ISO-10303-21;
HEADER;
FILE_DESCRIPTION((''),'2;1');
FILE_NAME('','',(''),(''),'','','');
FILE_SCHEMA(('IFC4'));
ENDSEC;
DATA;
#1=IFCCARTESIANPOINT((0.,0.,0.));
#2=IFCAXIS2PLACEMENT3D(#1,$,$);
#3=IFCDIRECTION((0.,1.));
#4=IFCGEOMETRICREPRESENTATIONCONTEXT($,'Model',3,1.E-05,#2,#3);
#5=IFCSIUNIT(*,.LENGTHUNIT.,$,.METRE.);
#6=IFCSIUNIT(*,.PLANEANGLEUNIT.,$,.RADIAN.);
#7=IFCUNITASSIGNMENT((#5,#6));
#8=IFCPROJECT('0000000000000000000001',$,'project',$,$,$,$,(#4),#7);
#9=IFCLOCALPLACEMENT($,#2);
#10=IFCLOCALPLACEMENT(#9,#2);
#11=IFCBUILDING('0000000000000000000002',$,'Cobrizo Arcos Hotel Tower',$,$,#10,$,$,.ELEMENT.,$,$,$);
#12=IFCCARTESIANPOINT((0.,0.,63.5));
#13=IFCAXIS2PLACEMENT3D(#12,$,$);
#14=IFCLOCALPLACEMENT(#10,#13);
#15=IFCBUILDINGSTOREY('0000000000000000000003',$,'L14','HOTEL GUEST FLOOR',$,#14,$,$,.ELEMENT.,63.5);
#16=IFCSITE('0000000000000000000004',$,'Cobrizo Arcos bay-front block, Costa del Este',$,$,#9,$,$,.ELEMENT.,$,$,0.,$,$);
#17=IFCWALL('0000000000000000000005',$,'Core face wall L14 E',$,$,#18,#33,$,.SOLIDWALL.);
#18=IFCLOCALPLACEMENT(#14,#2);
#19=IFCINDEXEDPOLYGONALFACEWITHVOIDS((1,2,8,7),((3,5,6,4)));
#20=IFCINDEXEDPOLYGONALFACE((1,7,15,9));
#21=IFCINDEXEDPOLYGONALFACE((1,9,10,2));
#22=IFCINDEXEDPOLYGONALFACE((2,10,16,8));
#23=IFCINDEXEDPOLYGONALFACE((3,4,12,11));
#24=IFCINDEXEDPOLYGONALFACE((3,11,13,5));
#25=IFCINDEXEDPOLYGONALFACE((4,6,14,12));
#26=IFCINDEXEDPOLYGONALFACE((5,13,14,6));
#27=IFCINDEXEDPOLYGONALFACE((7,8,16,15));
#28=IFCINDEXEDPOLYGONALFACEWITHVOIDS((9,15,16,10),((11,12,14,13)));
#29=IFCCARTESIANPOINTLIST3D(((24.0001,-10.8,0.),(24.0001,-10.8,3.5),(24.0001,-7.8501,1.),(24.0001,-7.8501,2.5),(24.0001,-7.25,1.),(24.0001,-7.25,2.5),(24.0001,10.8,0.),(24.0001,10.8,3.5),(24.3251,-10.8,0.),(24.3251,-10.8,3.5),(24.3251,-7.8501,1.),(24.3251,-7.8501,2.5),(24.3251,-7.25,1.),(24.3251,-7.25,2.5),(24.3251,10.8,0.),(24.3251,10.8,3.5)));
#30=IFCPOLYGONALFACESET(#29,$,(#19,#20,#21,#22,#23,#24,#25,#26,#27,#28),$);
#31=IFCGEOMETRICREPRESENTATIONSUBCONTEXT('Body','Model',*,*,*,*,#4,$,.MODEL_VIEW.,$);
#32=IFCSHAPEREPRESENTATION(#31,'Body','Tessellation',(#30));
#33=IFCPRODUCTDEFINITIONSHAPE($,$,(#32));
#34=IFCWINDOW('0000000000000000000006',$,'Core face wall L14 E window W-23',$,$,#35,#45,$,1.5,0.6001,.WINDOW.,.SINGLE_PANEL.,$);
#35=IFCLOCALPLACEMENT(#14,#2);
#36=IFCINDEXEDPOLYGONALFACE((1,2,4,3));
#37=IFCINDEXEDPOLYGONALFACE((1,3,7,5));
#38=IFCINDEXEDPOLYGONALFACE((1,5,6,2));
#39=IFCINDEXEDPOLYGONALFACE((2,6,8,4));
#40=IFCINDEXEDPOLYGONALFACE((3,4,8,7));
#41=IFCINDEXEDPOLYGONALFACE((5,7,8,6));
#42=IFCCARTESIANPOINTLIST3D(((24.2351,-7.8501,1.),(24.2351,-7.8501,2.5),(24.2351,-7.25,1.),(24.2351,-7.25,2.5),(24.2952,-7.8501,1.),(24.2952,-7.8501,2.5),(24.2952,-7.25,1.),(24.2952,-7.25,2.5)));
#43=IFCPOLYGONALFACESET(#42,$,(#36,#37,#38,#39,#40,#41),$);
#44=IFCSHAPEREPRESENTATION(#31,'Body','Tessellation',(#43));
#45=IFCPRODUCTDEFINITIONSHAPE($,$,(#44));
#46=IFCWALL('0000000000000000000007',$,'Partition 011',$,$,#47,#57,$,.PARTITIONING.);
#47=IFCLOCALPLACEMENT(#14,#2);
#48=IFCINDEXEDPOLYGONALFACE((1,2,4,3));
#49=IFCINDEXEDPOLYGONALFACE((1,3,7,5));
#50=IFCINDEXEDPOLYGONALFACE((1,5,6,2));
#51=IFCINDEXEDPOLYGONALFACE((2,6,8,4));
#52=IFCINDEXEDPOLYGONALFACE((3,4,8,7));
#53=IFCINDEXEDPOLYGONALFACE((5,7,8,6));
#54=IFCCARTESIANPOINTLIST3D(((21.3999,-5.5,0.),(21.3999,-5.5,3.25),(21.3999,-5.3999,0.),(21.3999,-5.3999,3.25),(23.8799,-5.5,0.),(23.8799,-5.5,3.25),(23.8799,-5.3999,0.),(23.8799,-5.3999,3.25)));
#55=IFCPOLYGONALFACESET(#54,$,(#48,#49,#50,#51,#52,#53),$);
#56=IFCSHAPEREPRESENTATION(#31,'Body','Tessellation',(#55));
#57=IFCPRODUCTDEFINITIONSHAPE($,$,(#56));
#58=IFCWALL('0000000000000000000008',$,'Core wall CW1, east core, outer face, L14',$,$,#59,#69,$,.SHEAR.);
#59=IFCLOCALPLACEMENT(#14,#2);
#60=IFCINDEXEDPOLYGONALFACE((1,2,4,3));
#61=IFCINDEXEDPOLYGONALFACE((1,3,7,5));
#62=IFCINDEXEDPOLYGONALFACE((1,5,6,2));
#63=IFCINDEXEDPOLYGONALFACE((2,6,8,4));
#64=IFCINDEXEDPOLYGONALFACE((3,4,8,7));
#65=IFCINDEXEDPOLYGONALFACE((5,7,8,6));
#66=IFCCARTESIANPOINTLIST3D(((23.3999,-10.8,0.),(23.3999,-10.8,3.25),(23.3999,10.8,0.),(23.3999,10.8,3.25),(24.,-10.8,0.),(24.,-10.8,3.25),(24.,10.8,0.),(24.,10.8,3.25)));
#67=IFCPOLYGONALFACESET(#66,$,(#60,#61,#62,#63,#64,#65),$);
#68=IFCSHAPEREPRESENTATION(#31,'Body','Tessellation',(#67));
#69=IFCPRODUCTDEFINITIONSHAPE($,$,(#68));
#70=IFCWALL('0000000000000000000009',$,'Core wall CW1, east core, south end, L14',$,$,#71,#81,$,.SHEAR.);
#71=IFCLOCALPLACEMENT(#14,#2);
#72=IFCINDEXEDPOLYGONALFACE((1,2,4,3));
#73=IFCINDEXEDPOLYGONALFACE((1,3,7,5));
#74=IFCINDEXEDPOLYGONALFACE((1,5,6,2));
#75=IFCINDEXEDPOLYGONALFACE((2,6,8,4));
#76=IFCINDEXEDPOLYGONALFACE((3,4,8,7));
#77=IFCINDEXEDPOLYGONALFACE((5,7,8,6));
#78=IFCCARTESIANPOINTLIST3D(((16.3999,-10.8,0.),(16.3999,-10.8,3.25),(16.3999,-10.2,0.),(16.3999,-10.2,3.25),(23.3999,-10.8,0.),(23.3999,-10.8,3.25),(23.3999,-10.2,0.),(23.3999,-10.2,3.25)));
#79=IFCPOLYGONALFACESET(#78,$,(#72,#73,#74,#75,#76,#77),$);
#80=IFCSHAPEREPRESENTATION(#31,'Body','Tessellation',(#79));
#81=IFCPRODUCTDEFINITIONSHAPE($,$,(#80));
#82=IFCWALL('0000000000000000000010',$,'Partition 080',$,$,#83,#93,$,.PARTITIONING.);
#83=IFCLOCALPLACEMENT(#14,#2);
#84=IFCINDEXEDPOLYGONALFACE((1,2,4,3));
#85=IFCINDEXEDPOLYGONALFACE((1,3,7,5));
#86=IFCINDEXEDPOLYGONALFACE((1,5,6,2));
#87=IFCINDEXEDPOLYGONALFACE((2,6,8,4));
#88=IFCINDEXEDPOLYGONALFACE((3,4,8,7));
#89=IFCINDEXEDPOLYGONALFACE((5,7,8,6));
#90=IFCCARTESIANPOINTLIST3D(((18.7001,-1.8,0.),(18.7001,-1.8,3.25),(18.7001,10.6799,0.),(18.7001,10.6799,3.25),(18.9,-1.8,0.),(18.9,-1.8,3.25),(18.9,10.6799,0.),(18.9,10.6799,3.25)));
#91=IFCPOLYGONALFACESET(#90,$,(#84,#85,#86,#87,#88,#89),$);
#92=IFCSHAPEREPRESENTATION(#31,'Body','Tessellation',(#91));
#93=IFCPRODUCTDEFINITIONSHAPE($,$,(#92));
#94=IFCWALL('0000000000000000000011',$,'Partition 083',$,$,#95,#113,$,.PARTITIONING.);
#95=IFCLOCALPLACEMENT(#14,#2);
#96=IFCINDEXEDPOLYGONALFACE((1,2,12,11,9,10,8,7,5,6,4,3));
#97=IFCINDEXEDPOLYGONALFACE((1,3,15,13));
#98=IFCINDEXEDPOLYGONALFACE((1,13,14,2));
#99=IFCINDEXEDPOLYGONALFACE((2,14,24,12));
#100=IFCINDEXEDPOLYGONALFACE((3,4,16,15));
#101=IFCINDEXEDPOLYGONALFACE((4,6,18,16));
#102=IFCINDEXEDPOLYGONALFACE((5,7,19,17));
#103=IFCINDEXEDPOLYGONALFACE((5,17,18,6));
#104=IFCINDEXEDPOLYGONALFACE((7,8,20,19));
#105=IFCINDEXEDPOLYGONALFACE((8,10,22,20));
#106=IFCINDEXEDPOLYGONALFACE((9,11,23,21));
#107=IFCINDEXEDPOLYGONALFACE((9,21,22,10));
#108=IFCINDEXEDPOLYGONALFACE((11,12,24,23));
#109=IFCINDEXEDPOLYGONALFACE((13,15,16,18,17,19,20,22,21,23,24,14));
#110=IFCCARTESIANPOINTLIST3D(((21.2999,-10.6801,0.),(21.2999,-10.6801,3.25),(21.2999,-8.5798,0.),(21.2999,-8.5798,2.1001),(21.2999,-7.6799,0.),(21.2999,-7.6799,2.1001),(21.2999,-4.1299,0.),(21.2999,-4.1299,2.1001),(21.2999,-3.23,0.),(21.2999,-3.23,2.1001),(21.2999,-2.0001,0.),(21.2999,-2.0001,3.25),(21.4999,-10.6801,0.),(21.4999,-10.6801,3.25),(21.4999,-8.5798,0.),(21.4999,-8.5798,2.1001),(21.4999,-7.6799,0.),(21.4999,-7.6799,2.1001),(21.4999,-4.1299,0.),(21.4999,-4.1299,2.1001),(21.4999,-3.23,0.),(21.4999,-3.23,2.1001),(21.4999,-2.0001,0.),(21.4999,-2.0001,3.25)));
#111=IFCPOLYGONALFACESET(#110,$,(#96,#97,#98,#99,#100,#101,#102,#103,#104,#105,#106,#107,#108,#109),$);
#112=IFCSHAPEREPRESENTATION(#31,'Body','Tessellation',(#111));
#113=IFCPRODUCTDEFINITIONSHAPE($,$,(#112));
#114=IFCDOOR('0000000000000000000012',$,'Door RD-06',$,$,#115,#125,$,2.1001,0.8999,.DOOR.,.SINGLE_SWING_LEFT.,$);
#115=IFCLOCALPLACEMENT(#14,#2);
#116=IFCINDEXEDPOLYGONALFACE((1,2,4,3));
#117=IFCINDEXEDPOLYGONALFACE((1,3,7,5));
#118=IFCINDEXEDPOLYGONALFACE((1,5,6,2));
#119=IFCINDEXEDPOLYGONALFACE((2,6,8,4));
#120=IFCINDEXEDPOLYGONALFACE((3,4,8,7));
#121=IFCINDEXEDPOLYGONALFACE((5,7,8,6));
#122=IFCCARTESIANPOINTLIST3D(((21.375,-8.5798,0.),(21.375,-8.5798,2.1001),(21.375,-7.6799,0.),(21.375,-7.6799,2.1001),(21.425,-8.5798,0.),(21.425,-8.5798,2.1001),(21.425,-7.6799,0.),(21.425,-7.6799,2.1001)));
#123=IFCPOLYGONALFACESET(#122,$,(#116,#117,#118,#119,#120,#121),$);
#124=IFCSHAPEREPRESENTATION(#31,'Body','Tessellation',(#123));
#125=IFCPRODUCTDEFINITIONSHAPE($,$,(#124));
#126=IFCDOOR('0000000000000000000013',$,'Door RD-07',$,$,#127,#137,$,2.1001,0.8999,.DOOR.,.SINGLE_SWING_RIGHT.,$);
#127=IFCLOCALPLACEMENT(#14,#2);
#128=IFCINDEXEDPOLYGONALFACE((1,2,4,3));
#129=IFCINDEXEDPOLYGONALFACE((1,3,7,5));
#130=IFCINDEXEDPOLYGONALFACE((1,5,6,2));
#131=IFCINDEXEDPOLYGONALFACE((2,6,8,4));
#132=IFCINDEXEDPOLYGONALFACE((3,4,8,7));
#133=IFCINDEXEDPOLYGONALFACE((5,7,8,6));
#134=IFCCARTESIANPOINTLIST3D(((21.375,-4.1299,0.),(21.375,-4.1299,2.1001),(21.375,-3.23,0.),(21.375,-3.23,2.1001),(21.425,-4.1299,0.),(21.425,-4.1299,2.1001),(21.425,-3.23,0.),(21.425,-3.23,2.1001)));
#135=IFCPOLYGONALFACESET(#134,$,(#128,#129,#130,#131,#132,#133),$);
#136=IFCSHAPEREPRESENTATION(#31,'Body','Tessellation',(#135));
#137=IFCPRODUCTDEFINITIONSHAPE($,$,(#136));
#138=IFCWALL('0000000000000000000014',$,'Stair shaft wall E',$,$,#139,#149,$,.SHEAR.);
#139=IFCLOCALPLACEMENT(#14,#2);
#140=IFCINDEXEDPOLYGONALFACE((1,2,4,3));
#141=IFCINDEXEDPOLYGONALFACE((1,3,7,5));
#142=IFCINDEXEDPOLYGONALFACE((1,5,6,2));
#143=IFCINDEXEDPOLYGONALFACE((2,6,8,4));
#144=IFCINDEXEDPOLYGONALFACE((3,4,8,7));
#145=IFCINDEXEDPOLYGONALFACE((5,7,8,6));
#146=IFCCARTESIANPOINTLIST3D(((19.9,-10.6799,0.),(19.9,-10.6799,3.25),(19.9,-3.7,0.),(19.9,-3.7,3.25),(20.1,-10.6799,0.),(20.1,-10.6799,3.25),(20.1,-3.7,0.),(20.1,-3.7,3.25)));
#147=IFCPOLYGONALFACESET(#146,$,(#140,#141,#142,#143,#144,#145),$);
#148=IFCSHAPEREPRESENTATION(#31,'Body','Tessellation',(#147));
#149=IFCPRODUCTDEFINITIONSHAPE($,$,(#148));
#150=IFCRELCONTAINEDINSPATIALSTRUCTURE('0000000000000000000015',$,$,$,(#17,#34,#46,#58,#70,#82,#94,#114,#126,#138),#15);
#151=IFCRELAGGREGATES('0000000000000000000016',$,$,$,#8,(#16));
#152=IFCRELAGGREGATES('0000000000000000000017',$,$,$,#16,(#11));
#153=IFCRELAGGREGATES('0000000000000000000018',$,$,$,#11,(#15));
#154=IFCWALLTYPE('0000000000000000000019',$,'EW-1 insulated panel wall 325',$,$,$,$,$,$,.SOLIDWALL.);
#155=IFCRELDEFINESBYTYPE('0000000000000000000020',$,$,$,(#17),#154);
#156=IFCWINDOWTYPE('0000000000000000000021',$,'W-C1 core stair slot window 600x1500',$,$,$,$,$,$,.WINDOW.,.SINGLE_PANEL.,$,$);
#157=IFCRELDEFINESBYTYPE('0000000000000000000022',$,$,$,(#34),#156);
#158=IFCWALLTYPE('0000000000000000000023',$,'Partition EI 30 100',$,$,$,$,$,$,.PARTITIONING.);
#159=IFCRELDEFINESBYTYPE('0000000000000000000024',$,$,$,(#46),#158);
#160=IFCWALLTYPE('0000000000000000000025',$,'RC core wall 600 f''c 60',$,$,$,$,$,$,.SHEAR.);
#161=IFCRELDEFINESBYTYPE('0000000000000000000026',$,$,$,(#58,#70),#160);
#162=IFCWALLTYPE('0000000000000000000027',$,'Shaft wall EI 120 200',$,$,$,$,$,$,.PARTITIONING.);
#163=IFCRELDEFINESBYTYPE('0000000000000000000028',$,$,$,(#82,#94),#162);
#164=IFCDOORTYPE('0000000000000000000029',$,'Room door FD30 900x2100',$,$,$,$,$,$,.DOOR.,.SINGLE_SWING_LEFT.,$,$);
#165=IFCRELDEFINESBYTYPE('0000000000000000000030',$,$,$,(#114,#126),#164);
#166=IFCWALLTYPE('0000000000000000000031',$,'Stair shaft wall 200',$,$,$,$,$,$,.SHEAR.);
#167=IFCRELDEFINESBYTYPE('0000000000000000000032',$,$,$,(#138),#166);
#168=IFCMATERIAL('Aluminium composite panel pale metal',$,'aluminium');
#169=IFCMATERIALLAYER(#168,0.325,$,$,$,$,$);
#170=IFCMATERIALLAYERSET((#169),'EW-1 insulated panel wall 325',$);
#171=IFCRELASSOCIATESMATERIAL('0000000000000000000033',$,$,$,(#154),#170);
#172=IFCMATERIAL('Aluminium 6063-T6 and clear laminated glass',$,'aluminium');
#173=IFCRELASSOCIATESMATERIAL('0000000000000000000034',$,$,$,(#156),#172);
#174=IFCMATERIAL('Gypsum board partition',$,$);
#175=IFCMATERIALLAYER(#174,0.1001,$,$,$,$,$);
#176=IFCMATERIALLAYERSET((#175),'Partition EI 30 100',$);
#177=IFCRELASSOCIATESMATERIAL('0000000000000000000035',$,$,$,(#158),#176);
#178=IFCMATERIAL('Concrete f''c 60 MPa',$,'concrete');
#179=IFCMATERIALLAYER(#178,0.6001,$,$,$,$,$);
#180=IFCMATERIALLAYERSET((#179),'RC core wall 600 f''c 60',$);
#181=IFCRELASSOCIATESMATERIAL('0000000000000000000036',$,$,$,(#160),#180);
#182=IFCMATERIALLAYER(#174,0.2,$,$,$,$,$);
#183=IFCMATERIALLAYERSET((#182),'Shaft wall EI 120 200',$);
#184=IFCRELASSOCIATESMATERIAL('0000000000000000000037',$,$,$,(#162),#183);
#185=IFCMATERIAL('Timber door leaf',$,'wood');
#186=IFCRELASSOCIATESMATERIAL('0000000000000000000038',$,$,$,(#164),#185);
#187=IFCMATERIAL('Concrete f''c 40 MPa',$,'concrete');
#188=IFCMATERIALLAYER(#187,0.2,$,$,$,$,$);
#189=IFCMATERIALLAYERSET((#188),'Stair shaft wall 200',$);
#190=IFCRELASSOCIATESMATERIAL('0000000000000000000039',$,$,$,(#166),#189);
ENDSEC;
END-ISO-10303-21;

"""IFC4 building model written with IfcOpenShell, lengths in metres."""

from ifc_helpers import new_model, si_unit, direction, frame, frame_2d, origin, place, context, subcontext, project, spatial, rectangle, extrude, material, layer, layer_set, type_object, element, fill, save


model = new_model("IFC4")

# Units and contexts
model_context = context("Model", 3, precision=1e-05, world=origin(), true_north=direction((0.0, 1.0)))
body_context = subcontext(model_context, "Body", "Model", "MODEL_VIEW")
ifc_project = project(units=[si_unit("LENGTHUNIT", "METRE"), si_unit("PLANEANGLEUNIT", "RADIAN")], contexts=[model_context])

# Site, building, storey
site_placement = place(None, origin())
site = spatial("IfcSite", under=ifc_project, at=site_placement, Name="Cobrizo Arcos bay-front block, Costa del Este", CompositionType="ELEMENT", RefElevation=0.0)
building_placement = place(site_placement, origin())
building = spatial("IfcBuilding", under=site, at=building_placement, Name="Cobrizo Arcos Hotel Tower", CompositionType="ELEMENT")
storey_placement = place(building_placement, frame((0.0, 0.0, 63.5)))
storey = spatial("IfcBuildingStorey", under=building, at=storey_placement, Name="L14", Description="HOTEL GUEST FLOOR", CompositionType="ELEMENT", Elevation=63.5)

# Wall, opening, window
ifc_material_1 = material(Name="Aluminium composite panel pale metal", Category="aluminium")
ifc_layer_1 = layer(ifc_material_1, 0.325)
ifc_layer_set_1 = layer_set([ifc_layer_1], Name="EW-1 insulated panel wall 325")
wall_type_1 = type_object("IfcWallType", Name="EW-1 insulated panel wall 325", PredefinedType="SOLIDWALL", material=ifc_layer_set_1)
wall_1_placement = place(storey_placement, frame((24.1626, -10.8, 0.0), z_axis=(0.0, 0.0, 1.0), x_axis=(0.0, 1.0, 0.0)))
wall_1 = element("IfcWall", 1, at=wall_1_placement, inside=storey, type_object=wall_type_1, Name="Core face wall L14 E", PredefinedType="SOLIDWALL", context=body_context, shape_type="SweptSolid", body=[
    extrude(rectangle(XDim=21.6001, YDim=0.325, at=frame_2d((10.8, 0.0))), origin(), (0.0, 0.0, 1.0), 3.5),
])
opening_1_placement = place(wall_1_placement, frame((2.95, 0.0, 1.0)))
opening_1 = element("IfcOpeningElement", 2, at=opening_1_placement, cuts=wall_1, PredefinedType="OPENING", context=body_context, shape_type="SweptSolid", body=[
    extrude(rectangle(XDim=0.6001, YDim=1.5, at=frame_2d((0.3, 0.75))), frame((0.0, 0.1746, 0.0), z_axis=(0.0, -1.0, 0.0), x_axis=(1.0, 0.0, 0.0)), (0.0, 0.0, 1.0), 0.3489),
])
ifc_material_2 = material(Name="Aluminium 6063-T6 and clear laminated glass", Category="aluminium")
window_type = type_object("IfcWindowType", Name="W-C1 core stair slot window 600x1500", PartitioningType="SINGLE_PANEL", PredefinedType="WINDOW", material=ifc_material_2)
window_placement = place(opening_1_placement, origin())
window = element("IfcWindow", 3, at=window_placement, inside=storey, type_object=window_type, Name="Core face wall L14 E window W-23", OverallHeight=1.5, OverallWidth=0.6001, PartitioningType="SINGLE_PANEL", PredefinedType="WINDOW", context=body_context, shape_type="SweptSolid", body=[
    extrude(rectangle(XDim=0.6001, YDim=1.5, at=frame_2d((0.3, 0.75))), frame((0.0, -0.0725, 0.0), z_axis=(0.0, -1.0, 0.0), x_axis=(1.0, 0.0, 0.0)), (0.0, 0.0, 1.0), 0.0601),
])
fill(opening_1, window)

# Walls
ifc_material_3 = material(Name="Gypsum board partition")
ifc_layer_2 = layer(ifc_material_3, 0.1001)
ifc_layer_set_2 = layer_set([ifc_layer_2], Name="Partition EI 30 100")
wall_type_2 = type_object("IfcWallType", Name="Partition EI 30 100", PredefinedType="PARTITIONING", material=ifc_layer_set_2)
wall_2_placement = place(storey_placement, frame((21.3999, -5.45, 0.0), z_axis=(0.0, 0.0, 1.0), x_axis=(1.0, 0.0, 0.0)))
element("IfcWall", 4, at=wall_2_placement, inside=storey, type_object=wall_type_2, Name="Partition 011", PredefinedType="PARTITIONING", context=body_context, shape_type="SweptSolid", body=[
    extrude(rectangle(XDim=2.48, YDim=0.1001, at=frame_2d((1.24, 0.0))), origin(), (0.0, 0.0, 1.0), 3.25),
])
ifc_material_4 = material(Name="Concrete f'c 60 MPa", Category="concrete")
ifc_layer_3 = layer(ifc_material_4, 0.6001)
ifc_layer_set_3 = layer_set([ifc_layer_3], Name="RC core wall 600 f'c 60")
wall_type_3 = type_object("IfcWallType", Name="RC core wall 600 f'c 60", PredefinedType="SHEAR", material=ifc_layer_set_3)
wall_3_placement = place(storey_placement, frame((23.7, -10.8, 0.0), z_axis=(0.0, 0.0, 1.0), x_axis=(0.0, 1.0, 0.0)))
element("IfcWall", 5, at=wall_3_placement, inside=storey, type_object=wall_type_3, Name="Core wall CW1, east core, outer face, L14", PredefinedType="SHEAR", context=body_context, shape_type="SweptSolid", body=[
    extrude(rectangle(XDim=21.6001, YDim=0.6001, at=frame_2d((10.8, 0.0))), origin(), (0.0, 0.0, 1.0), 3.25),
])
wall_4_placement = place(storey_placement, frame((16.3999, -10.5, 0.0), z_axis=(0.0, 0.0, 1.0), x_axis=(1.0, 0.0, 0.0)))
element("IfcWall", 6, at=wall_4_placement, inside=storey, type_object=wall_type_3, Name="Core wall CW1, east core, south end, L14", PredefinedType="SHEAR", context=body_context, shape_type="SweptSolid", body=[
    extrude(rectangle(XDim=7.0, YDim=0.6001, at=frame_2d((3.5, 0.0))), origin(), (0.0, 0.0, 1.0), 3.25),
])
ifc_layer_4 = layer(ifc_material_3, 0.2)
ifc_layer_set_4 = layer_set([ifc_layer_4], Name="Shaft wall EI 120 200")
wall_type_4 = type_object("IfcWallType", Name="Shaft wall EI 120 200", PredefinedType="PARTITIONING", material=ifc_layer_set_4)
wall_5_placement = place(storey_placement, frame((18.8, -1.8, 0.0), z_axis=(0.0, 0.0, 1.0), x_axis=(0.0, 1.0, 0.0)))
element("IfcWall", 7, at=wall_5_placement, inside=storey, type_object=wall_type_4, Name="Partition 080", PredefinedType="PARTITIONING", context=body_context, shape_type="SweptSolid", body=[
    extrude(rectangle(XDim=12.48, YDim=0.2, at=frame_2d((6.24, 0.0))), origin(), (0.0, 0.0, 1.0), 3.25),
])

# Wall, openings, doors
wall_6_placement = place(storey_placement, frame((21.3999, -10.6799, 0.0), z_axis=(0.0, 0.0, 1.0), x_axis=(0.0, 1.0, 0.0)))
wall_6 = element("IfcWall", 8, at=wall_6_placement, inside=storey, type_object=wall_type_4, Name="Partition 083", PredefinedType="PARTITIONING", context=body_context, shape_type="SweptSolid", body=[
    extrude(rectangle(XDim=8.6799, YDim=0.2, at=frame_2d((4.3398, 0.0))), origin(), (0.0, 0.0, 1.0), 3.25),
])
opening_2_placement = place(wall_6_placement, frame((2.1001, 0.0, 0.0)))
opening_2 = element("IfcOpeningElement", 9, at=opening_2_placement, cuts=wall_6, PredefinedType="OPENING", context=body_context, shape_type="SweptSolid", body=[
    extrude(rectangle(XDim=0.8999, YDim=2.1001, at=frame_2d((0.45, 1.05))), frame((0.0, 0.1121, 0.0), z_axis=(0.0, -1.0, 0.0), x_axis=(1.0, 0.0, 0.0)), (0.0, 0.0, 1.0), 0.2239),
])
opening_3_placement = place(wall_6_placement, frame((6.55, 0.0, 0.0)))
opening_3 = element("IfcOpeningElement", 10, at=opening_3_placement, cuts=wall_6, PredefinedType="OPENING", context=body_context, shape_type="SweptSolid", body=[
    extrude(rectangle(XDim=0.8999, YDim=2.1001, at=frame_2d((0.45, 1.05))), frame((0.0, 0.1121, 0.0), z_axis=(0.0, -1.0, 0.0), x_axis=(1.0, 0.0, 0.0)), (0.0, 0.0, 1.0), 0.2239),
])
ifc_material_5 = material(Name="Timber door leaf", Category="wood")
door_type = type_object("IfcDoorType", Name="Room door FD30 900x2100", OperationType="SINGLE_SWING_LEFT", PredefinedType="DOOR", material=ifc_material_5)
door_1_placement = place(opening_2_placement, origin())
door_1 = element("IfcDoor", 11, at=door_1_placement, inside=storey, type_object=door_type, Name="Door RD-06", OperationType="SINGLE_SWING_LEFT", OverallHeight=2.1001, OverallWidth=0.8999, PredefinedType="DOOR", context=body_context, shape_type="SweptSolid", body=[
    extrude(rectangle(XDim=0.8999, YDim=2.1001, at=frame_2d((0.45, 1.05))), frame((0.0, 0.0249, 0.0), z_axis=(0.0, -1.0, 0.0), x_axis=(1.0, 0.0, 0.0)), (0.0, 0.0, 1.0), 0.05),
])
fill(opening_2, door_1)
door_2_placement = place(opening_3_placement, origin())
door_2 = element("IfcDoor", 12, at=door_2_placement, inside=storey, type_object=door_type, Name="Door RD-07", OperationType="SINGLE_SWING_RIGHT", OverallHeight=2.1001, OverallWidth=0.8999, PredefinedType="DOOR", context=body_context, shape_type="SweptSolid", body=[
    extrude(rectangle(XDim=0.8999, YDim=2.1001, at=frame_2d((0.45, 1.05))), frame((0.0, 0.0249, 0.0), z_axis=(0.0, -1.0, 0.0), x_axis=(1.0, 0.0, 0.0)), (0.0, 0.0, 1.0), 0.05),
])
fill(opening_3, door_2)

# Wall
ifc_material_6 = material(Name="Concrete f'c 40 MPa", Category="concrete")
ifc_layer_5 = layer(ifc_material_6, 0.2)
ifc_layer_set_5 = layer_set([ifc_layer_5], Name="Stair shaft wall 200")
wall_type_5 = type_object("IfcWallType", Name="Stair shaft wall 200", PredefinedType="SHEAR", material=ifc_layer_set_5)
wall_7_placement = place(storey_placement, frame((20.0, -10.6799, 0.0), z_axis=(0.0, 0.0, 1.0), x_axis=(0.0, 1.0, 0.0)))
element("IfcWall", 13, at=wall_7_placement, inside=storey, type_object=wall_type_5, Name="Stair shaft wall E", PredefinedType="SHEAR", context=body_context, shape_type="SweptSolid", body=[
    extrude(rectangle(XDim=6.98, YDim=0.2, at=frame_2d((3.49, 0.0))), origin(), (0.0, 0.0, 1.0), 3.25),
])

save(model, "model.ifc")
